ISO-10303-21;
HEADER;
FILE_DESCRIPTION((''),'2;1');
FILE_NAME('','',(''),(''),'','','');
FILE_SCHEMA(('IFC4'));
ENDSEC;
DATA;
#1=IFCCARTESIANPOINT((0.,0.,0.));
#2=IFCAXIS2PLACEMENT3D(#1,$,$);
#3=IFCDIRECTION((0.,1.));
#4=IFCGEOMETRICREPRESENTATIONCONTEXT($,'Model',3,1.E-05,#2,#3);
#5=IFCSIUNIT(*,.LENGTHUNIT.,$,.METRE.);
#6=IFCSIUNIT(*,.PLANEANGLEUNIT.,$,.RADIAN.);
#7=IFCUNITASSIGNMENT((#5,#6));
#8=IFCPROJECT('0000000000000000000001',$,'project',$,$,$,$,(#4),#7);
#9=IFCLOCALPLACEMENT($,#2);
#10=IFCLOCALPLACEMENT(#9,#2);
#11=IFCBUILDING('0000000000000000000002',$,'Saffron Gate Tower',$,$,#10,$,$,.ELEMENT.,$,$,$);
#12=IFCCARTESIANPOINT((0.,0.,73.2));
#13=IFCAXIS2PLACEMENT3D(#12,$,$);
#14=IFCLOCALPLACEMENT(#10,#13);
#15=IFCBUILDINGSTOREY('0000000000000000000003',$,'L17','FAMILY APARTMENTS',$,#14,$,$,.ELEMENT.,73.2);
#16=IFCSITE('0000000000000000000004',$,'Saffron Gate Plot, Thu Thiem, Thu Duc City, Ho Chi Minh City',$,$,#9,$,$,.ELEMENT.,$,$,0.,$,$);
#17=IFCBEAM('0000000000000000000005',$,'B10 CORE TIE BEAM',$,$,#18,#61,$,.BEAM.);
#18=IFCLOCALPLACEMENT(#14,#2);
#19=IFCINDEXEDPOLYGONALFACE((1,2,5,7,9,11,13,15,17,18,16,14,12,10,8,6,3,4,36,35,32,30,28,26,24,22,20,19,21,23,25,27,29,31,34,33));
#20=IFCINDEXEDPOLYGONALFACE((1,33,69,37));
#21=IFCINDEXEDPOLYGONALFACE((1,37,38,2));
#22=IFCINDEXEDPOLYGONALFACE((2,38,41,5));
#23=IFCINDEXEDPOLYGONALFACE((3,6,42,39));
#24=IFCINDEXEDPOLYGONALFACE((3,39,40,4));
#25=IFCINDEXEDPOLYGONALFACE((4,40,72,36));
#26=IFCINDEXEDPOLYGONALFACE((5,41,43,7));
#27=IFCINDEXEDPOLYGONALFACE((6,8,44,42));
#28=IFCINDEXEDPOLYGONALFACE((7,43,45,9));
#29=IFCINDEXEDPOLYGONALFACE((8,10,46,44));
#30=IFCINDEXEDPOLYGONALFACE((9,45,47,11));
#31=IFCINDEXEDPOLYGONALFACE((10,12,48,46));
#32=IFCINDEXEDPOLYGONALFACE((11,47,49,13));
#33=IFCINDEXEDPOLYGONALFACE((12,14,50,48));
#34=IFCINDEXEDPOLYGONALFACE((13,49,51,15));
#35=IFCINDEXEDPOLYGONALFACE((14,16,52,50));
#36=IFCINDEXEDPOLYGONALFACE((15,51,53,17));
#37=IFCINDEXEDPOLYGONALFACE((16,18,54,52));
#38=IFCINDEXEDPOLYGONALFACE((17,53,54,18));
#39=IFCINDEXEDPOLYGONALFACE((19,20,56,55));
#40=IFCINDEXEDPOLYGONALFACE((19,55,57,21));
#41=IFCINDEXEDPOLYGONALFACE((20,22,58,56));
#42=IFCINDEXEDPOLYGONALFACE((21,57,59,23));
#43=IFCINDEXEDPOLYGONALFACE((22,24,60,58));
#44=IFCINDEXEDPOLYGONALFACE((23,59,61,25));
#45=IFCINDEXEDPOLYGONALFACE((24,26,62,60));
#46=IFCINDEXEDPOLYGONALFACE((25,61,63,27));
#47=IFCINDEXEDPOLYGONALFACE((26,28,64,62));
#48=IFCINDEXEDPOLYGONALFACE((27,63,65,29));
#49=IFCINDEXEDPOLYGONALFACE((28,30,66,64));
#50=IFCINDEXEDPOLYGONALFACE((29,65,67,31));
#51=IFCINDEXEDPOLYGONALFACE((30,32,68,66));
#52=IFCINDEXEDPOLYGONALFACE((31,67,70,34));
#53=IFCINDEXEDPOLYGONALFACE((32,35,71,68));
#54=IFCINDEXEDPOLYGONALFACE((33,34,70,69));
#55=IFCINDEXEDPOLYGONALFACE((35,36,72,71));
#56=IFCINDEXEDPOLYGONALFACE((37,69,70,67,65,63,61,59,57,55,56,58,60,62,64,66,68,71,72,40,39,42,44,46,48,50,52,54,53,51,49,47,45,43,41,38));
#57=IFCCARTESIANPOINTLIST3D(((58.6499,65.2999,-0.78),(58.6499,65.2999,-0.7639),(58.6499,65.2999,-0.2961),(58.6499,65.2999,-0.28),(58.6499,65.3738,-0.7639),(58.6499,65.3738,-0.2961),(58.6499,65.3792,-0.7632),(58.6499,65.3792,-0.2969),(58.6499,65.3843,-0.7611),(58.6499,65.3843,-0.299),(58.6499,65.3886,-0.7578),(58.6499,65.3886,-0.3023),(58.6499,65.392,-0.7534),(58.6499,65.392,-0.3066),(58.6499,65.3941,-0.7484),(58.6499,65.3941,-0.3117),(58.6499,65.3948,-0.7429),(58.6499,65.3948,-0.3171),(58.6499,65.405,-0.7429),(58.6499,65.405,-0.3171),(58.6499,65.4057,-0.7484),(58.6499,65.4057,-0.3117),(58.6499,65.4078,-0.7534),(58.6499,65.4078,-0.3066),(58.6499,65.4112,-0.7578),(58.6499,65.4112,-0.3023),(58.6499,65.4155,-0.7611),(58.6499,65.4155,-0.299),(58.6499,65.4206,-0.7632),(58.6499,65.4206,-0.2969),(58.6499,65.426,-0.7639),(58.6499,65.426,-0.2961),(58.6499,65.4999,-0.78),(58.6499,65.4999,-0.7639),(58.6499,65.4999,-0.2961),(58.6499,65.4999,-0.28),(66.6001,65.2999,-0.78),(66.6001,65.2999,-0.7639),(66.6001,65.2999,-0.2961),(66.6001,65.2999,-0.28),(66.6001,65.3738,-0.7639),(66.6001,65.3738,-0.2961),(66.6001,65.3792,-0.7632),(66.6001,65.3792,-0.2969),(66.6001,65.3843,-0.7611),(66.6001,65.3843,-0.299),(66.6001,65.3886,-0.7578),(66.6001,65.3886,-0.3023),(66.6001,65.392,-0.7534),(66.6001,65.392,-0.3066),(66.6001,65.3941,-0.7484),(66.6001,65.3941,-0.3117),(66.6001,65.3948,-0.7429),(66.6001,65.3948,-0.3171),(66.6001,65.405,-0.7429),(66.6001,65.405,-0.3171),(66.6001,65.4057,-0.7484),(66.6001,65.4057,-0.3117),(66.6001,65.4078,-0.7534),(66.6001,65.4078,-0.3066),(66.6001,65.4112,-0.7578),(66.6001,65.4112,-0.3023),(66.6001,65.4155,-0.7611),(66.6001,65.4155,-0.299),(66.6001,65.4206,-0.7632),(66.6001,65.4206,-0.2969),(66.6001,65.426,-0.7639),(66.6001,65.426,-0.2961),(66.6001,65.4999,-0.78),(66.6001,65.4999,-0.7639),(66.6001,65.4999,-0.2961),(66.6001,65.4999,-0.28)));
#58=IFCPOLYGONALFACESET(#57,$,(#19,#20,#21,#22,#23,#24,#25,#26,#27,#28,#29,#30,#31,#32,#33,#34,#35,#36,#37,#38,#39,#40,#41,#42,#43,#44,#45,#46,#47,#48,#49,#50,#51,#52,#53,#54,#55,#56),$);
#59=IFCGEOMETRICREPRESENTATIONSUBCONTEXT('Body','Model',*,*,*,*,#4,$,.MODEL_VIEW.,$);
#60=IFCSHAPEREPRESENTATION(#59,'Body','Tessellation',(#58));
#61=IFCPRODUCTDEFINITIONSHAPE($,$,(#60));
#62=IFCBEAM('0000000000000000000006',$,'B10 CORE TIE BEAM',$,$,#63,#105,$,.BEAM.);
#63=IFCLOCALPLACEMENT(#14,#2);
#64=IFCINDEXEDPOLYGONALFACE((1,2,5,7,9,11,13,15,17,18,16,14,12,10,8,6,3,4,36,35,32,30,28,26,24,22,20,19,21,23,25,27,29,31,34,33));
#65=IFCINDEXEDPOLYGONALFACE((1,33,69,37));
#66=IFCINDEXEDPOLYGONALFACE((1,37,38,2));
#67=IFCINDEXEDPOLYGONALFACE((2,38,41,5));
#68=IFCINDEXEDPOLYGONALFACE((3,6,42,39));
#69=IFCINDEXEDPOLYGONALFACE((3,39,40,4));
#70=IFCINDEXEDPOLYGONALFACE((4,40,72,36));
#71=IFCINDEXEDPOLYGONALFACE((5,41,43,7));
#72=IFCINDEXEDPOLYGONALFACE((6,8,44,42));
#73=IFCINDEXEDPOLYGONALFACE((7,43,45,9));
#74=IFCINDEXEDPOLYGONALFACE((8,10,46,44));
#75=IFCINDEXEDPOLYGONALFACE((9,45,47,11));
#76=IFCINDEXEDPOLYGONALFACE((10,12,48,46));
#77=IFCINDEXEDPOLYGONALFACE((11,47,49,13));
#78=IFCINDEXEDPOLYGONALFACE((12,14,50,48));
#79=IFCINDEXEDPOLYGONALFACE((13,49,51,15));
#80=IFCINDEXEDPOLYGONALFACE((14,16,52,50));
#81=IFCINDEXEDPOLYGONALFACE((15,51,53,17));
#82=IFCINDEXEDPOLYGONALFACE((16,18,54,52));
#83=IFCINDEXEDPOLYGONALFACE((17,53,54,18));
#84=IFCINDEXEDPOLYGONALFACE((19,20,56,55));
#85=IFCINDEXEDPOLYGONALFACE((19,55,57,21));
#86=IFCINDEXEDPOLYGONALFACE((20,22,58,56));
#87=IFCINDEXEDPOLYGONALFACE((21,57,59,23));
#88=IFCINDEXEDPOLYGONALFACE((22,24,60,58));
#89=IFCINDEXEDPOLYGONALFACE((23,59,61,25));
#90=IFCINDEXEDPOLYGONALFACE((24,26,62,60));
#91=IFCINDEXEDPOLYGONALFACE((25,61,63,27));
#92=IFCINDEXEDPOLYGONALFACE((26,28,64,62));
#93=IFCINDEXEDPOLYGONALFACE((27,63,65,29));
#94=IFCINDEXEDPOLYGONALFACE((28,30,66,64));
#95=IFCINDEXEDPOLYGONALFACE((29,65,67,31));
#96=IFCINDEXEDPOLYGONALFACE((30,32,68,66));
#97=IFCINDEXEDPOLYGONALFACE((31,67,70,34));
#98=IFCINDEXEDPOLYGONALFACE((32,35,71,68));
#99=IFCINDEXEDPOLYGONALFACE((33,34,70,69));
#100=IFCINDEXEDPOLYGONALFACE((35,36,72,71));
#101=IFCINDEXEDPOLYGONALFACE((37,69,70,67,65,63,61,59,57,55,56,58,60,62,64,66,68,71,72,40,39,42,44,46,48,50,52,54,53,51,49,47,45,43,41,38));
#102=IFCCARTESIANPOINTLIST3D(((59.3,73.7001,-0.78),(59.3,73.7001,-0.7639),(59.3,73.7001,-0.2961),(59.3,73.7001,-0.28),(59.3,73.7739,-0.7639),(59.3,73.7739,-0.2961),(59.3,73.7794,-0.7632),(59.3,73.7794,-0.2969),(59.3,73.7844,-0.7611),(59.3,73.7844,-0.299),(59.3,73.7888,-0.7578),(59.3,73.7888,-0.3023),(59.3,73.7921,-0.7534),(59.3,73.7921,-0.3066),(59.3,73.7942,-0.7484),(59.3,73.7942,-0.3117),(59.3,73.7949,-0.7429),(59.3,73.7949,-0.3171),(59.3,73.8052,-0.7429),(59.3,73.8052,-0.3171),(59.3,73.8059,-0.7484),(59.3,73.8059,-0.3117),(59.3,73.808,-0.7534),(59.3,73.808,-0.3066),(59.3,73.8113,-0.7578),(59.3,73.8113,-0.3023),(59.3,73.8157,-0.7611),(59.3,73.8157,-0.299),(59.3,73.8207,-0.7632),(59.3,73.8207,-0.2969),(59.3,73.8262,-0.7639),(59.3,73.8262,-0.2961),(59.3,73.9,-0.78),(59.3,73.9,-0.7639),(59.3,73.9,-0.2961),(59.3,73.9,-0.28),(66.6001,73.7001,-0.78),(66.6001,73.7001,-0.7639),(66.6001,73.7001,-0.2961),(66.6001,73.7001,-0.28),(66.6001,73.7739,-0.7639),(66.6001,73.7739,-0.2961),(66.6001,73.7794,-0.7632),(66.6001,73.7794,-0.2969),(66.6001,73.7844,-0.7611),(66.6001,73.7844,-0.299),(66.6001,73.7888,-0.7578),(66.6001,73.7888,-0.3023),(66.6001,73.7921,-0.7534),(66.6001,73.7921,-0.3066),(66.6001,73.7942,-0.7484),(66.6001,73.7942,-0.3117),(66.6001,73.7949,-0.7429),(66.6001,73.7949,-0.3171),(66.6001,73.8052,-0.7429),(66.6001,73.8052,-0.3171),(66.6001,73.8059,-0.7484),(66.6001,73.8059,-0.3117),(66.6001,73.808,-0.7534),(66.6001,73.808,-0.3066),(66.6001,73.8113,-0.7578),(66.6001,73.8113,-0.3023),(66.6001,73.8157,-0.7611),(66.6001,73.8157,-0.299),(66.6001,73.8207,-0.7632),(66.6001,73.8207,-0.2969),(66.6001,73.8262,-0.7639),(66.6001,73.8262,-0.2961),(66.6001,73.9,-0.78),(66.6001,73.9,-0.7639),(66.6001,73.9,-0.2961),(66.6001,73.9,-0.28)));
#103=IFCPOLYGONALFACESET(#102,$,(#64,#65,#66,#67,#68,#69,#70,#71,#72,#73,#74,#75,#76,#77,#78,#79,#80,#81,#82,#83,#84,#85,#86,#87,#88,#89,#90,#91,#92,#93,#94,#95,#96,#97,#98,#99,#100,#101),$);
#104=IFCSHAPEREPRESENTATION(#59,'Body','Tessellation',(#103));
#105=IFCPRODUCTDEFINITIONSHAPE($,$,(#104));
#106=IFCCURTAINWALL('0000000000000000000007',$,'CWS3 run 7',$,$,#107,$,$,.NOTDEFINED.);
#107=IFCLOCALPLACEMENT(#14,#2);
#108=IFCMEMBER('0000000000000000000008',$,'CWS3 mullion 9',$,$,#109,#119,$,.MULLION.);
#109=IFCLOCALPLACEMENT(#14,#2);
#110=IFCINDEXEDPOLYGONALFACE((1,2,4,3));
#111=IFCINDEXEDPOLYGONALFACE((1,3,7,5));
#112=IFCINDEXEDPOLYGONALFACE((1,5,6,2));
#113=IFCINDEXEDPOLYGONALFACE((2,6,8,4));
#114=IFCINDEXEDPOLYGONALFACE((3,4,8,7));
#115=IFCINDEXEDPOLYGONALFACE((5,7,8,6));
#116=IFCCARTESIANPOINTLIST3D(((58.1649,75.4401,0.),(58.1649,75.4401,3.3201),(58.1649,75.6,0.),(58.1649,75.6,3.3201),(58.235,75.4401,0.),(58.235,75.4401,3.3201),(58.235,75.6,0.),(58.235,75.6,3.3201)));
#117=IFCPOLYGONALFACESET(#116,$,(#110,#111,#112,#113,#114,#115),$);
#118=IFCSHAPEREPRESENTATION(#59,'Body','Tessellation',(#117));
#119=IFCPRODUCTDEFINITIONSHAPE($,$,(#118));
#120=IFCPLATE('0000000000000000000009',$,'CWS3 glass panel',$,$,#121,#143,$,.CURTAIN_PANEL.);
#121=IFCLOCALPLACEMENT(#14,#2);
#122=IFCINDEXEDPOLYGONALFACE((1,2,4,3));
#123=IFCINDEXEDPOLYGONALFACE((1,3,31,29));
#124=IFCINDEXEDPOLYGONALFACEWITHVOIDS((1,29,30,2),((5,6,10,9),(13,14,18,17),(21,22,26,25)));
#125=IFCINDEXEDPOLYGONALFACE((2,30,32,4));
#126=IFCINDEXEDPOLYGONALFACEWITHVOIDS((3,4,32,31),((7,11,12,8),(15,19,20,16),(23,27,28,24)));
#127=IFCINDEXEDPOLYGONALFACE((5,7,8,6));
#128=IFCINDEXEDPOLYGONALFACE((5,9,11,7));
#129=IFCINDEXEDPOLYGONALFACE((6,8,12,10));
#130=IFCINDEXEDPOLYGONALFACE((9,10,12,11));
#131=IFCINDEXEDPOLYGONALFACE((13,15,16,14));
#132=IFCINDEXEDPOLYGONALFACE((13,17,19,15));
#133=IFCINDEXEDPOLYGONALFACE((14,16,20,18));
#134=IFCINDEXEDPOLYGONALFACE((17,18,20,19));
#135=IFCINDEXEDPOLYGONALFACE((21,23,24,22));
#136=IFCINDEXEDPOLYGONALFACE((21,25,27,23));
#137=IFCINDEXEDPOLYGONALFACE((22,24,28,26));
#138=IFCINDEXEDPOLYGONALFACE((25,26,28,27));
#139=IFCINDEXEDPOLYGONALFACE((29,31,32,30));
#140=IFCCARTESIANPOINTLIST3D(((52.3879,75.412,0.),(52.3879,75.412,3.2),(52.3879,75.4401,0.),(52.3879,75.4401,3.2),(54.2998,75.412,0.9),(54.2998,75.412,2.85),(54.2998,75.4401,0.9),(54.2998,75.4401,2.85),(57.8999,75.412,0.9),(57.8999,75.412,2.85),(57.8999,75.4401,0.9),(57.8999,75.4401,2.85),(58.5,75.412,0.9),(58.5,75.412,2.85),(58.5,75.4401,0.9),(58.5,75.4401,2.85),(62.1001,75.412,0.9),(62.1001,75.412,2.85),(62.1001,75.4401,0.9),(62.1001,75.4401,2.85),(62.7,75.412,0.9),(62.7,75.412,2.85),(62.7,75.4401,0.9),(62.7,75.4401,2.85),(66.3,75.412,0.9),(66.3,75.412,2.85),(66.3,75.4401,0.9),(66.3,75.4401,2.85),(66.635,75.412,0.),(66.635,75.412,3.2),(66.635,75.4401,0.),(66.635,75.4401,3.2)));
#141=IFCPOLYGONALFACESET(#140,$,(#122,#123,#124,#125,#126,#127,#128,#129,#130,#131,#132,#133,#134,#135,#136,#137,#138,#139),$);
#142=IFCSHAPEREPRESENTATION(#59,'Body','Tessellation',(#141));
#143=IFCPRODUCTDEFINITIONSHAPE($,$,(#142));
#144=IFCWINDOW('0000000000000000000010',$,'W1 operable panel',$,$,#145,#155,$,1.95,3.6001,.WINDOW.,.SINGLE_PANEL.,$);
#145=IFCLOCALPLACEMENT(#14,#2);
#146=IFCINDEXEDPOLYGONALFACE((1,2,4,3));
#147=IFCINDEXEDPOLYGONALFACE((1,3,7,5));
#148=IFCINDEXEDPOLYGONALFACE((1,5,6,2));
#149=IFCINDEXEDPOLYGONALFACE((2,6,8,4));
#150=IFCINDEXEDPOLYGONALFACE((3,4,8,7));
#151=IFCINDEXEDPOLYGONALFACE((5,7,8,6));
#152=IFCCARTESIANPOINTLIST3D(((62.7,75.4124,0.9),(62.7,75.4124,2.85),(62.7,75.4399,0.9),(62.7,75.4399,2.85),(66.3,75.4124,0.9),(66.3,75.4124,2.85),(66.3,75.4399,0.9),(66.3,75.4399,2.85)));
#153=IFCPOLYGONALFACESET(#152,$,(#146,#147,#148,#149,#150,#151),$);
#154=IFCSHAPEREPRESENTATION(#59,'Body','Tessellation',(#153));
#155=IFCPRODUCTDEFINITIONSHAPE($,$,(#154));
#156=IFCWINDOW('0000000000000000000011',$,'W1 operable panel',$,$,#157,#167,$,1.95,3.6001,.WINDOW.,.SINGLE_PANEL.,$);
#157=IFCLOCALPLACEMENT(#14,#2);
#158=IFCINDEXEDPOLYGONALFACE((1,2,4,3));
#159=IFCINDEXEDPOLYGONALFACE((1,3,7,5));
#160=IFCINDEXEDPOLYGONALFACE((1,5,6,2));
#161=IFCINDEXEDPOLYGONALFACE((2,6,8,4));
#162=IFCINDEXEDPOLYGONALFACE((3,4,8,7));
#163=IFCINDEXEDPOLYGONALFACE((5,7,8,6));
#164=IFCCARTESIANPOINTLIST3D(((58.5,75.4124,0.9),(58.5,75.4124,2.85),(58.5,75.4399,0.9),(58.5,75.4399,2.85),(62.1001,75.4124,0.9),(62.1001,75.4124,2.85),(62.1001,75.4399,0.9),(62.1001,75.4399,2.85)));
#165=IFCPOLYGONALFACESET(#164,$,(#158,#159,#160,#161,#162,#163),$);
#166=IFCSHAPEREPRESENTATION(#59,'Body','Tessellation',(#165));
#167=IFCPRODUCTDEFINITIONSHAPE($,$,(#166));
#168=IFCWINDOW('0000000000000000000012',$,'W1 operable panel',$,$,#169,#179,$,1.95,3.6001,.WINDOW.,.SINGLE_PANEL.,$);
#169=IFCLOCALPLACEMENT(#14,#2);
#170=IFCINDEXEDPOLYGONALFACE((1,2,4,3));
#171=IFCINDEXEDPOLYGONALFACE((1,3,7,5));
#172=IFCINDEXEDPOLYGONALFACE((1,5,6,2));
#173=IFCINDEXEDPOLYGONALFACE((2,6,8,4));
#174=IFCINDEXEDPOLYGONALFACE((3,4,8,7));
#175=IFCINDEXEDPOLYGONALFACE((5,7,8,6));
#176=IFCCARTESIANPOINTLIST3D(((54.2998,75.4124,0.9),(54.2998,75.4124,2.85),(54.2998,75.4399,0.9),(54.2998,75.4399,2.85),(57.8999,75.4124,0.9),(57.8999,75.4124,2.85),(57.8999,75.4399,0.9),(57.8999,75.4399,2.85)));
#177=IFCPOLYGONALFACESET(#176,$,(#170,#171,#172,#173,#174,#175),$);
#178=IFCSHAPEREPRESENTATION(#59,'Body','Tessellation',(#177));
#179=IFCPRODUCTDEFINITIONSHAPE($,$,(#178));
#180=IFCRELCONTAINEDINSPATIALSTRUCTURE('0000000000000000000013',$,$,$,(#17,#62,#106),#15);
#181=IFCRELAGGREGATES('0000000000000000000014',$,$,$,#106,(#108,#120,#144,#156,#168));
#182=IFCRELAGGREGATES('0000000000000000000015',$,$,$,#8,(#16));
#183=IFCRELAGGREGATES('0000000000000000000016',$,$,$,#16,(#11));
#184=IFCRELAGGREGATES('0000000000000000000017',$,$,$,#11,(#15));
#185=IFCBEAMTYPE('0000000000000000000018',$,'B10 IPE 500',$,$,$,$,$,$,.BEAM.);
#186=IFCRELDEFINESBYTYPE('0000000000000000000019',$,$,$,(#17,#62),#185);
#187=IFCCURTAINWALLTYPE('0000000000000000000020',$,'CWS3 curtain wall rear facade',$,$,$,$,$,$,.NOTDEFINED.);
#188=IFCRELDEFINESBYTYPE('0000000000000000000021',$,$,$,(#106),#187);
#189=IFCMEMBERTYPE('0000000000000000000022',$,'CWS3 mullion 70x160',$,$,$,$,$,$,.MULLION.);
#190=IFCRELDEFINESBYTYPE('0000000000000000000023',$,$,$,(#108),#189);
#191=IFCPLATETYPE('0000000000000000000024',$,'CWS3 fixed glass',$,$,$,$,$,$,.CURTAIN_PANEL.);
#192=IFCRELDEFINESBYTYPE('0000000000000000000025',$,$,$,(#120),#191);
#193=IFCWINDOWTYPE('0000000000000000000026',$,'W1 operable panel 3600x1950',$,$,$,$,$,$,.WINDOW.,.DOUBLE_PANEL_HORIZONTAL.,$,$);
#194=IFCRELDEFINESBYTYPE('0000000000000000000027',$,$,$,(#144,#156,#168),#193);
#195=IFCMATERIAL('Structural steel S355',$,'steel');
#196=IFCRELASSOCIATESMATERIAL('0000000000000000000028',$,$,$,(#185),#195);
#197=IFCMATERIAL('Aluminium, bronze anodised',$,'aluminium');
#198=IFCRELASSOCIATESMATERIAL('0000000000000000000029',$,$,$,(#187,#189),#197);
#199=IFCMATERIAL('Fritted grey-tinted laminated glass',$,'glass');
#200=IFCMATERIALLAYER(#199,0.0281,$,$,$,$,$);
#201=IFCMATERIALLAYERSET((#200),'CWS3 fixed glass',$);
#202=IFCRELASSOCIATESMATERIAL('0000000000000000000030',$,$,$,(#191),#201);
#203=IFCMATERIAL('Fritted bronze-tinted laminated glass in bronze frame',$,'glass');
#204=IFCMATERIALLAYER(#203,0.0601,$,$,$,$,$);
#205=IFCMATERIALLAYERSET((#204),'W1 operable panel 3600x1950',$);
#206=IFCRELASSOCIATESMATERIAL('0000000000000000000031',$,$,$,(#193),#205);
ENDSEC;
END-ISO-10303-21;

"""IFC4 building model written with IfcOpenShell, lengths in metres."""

from ifc_helpers import new_model, si_unit, direction, frame, frame_2d, origin, origin_2d, place, context, subcontext, project, spatial, rectangle, i_section, extrude, material, layer, layer_set, material_profile, profile_set, type_object, element, fill, aggregate, save


model = new_model("IFC4")

# Units and contexts
model_context = context("Model", 3, precision=1e-05, world=origin(), true_north=direction((0.0, 1.0)))
body_context = subcontext(model_context, "Body", "Model", "MODEL_VIEW")
ifc_project = project(units=[si_unit("LENGTHUNIT", "METRE"), si_unit("PLANEANGLEUNIT", "RADIAN")], contexts=[model_context])

# Site, building, storey
site_placement = place(None, origin())
site = spatial("IfcSite", under=ifc_project, at=site_placement, Name="Saffron Gate Plot, Thu Thiem, Thu Duc City, Ho Chi Minh City", CompositionType="ELEMENT", RefElevation=0.0)
building_placement = place(site_placement, origin())
building = spatial("IfcBuilding", under=site, at=building_placement, Name="Saffron Gate Tower", CompositionType="ELEMENT")
storey_placement = place(building_placement, frame((0.0, 0.0, 73.2)))
storey = spatial("IfcBuildingStorey", under=building, at=storey_placement, Name="L17", Description="FAMILY APARTMENTS", CompositionType="ELEMENT", Elevation=73.2)

# Beams
ifc_material_1 = material(Name="Structural steel S355", Category="steel")
ifc_material_profile_1 = material_profile(ifc_material_1, i_section(OverallWidth=0.2, OverallDepth=0.5, WebThickness=0.0103, FlangeThickness=0.0161, FilletRadius=0.021, at=origin_2d()))
ifc_profile_set_1 = profile_set([ifc_material_profile_1], Name="Structural steel S355")
beam_type = type_object("IfcBeamType", Name="B10 IPE 500", PredefinedType="BEAM", material=ifc_profile_set_1)
beam_1_placement = place(storey_placement, frame((58.6499, 65.3999, -0.53), z_axis=(1.0, 0.0, 0.0), x_axis=(0.0, 1.0, 0.0)))
element("IfcBeam", 1, at=beam_1_placement, inside=storey, type_object=beam_type, Name="B10 CORE TIE BEAM", PredefinedType="BEAM", context=body_context, shape_type="SweptSolid", body=[
    extrude(i_section(OverallWidth=0.2, OverallDepth=0.5, WebThickness=0.0103, FlangeThickness=0.0161, FilletRadius=0.021, at=origin_2d()), origin(), (0.0, 0.0, 1.0), 7.9502),
])
beam_2_placement = place(storey_placement, frame((59.3, 73.8, -0.53), z_axis=(1.0, 0.0, 0.0), x_axis=(0.0, 1.0, 0.0)))
element("IfcBeam", 2, at=beam_2_placement, inside=storey, type_object=beam_type, Name="B10 CORE TIE BEAM", PredefinedType="BEAM", context=body_context, shape_type="SweptSolid", body=[
    extrude(i_section(OverallWidth=0.2, OverallDepth=0.5, WebThickness=0.0103, FlangeThickness=0.0161, FilletRadius=0.021, at=origin_2d()), origin(), (0.0, 0.0, 1.0), 7.3),
])

# Curtain wall, member, plate, openings, windows
ifc_material_2 = material(Name="Aluminium, bronze anodised", Category="aluminium")
curtain_wall_type = type_object("IfcCurtainWallType", Name="CWS3 curtain wall rear facade", PredefinedType="NOTDEFINED", material=ifc_material_2)
curtain_wall_placement = place(storey_placement, origin())
curtain_wall = element("IfcCurtainWall", 3, at=curtain_wall_placement, inside=storey, type_object=curtain_wall_type, Name="CWS3 run 7", PredefinedType="NOTDEFINED")
ifc_material_profile_2 = material_profile(ifc_material_2, rectangle(XDim=0.1599, YDim=0.0701, at=origin_2d()))
ifc_profile_set_2 = profile_set([ifc_material_profile_2], Name="Aluminium, bronze anodised")
member_type = type_object("IfcMemberType", Name="CWS3 mullion 70x160", PredefinedType="MULLION", material=ifc_profile_set_2)
member_placement = place(storey_placement, frame((58.2, 75.52, 0.0), z_axis=(0.0, 0.0, 1.0), x_axis=(0.0, -1.0, 0.0)))
member = element("IfcMember", 4, at=member_placement, type_object=member_type, Name="CWS3 mullion 9", PredefinedType="MULLION", context=body_context, shape_type="SweptSolid", body=[
    extrude(rectangle(XDim=0.1599, YDim=0.0701, at=origin_2d()), origin(), (0.0, 0.0, 1.0), 3.3201),
])
ifc_material_3 = material(Name="Fritted grey-tinted laminated glass", Category="glass")
ifc_layer_1 = layer(ifc_material_3, 0.0281)
ifc_layer_set_1 = layer_set([ifc_layer_1], Name="CWS3 fixed glass")
plate_type = type_object("IfcPlateType", Name="CWS3 fixed glass", PredefinedType="CURTAIN_PANEL", material=ifc_layer_set_1)
plate_placement = place(storey_placement, frame((66.635, 75.426, 0.0), z_axis=(0.0, 0.0, 1.0), x_axis=(-1.0, 0.0, 0.0)))
plate = element("IfcPlate", 5, at=plate_placement, type_object=plate_type, Name="CWS3 glass panel", PredefinedType="CURTAIN_PANEL", context=body_context, shape_type="SweptSolid", body=[
    extrude(rectangle(XDim=14.2471, YDim=0.0281, at=frame_2d((7.1235, 0.0))), origin(), (0.0, 0.0, 1.0), 3.2),
])
opening_1_placement = place(plate_placement, frame((0.335, 0.0, 0.8999)))
opening_1 = element("IfcOpeningElement", 6, at=opening_1_placement, cuts=plate, PredefinedType="OPENING", context=body_context, shape_type="SweptSolid", body=[
    extrude(rectangle(XDim=3.6001, YDim=1.95, at=frame_2d((1.8, 0.9751))), frame((0.0, 0.0239, 0.0), z_axis=(0.0, -1.0, 0.0), x_axis=(1.0, 0.0, 0.0)), (0.0, 0.0, 1.0), 0.0481),
])
opening_2_placement = place(plate_placement, frame((4.5349, 0.0, 0.8999)))
opening_2 = element("IfcOpeningElement", 7, at=opening_2_placement, cuts=plate, PredefinedType="OPENING", context=body_context, shape_type="SweptSolid", body=[
    extrude(rectangle(XDim=3.6001, YDim=1.95, at=frame_2d((1.8, 0.9751))), frame((0.0, 0.0239, 0.0), z_axis=(0.0, -1.0, 0.0), x_axis=(1.0, 0.0, 0.0)), (0.0, 0.0, 1.0), 0.0481),
])
opening_3_placement = place(plate_placement, frame((8.7351, 0.0, 0.8999)))
opening_3 = element("IfcOpeningElement", 8, at=opening_3_placement, cuts=plate, PredefinedType="OPENING", context=body_context, shape_type="SweptSolid", body=[
    extrude(rectangle(XDim=3.6001, YDim=1.95, at=frame_2d((1.8, 0.9751))), frame((0.0, 0.0239, 0.0), z_axis=(0.0, -1.0, 0.0), x_axis=(1.0, 0.0, 0.0)), (0.0, 0.0, 1.0), 0.0481),
])
ifc_material_4 = material(Name="Fritted bronze-tinted laminated glass in bronze frame", Category="glass")
ifc_layer_2 = layer(ifc_material_4, 0.0601)
ifc_layer_set_2 = layer_set([ifc_layer_2], Name="W1 operable panel 3600x1950")
window_type = type_object("IfcWindowType", Name="W1 operable panel 3600x1950", PartitioningType="DOUBLE_PANEL_HORIZONTAL", PredefinedType="WINDOW", material=ifc_layer_set_2)
window_1_placement = place(opening_1_placement, origin())
window_1 = element("IfcWindow", 9, at=window_1_placement, type_object=window_type, Name="W1 operable panel", OverallHeight=1.95, OverallWidth=3.6001, PartitioningType="SINGLE_PANEL", PredefinedType="WINDOW", context=body_context, shape_type="SweptSolid", body=[
    extrude(rectangle(XDim=3.6001, YDim=1.95, at=frame_2d((1.8, 0.9751))), frame((0.0, 0.0137, 0.0), z_axis=(0.0, -1.0, 0.0), x_axis=(1.0, 0.0, 0.0)), (0.0, 0.0, 1.0), 0.0276),
])
fill(opening_1, window_1)
window_2_placement = place(opening_2_placement, origin())
window_2 = element("IfcWindow", 10, at=window_2_placement, type_object=window_type, Name="W1 operable panel", OverallHeight=1.95, OverallWidth=3.6001, PartitioningType="SINGLE_PANEL", PredefinedType="WINDOW", context=body_context, shape_type="SweptSolid", body=[
    extrude(rectangle(XDim=3.6001, YDim=1.95, at=frame_2d((1.8, 0.9751))), frame((0.0, 0.0137, 0.0), z_axis=(0.0, -1.0, 0.0), x_axis=(1.0, 0.0, 0.0)), (0.0, 0.0, 1.0), 0.0276),
])
fill(opening_2, window_2)
window_3_placement = place(opening_3_placement, origin())
window_3 = element("IfcWindow", 11, at=window_3_placement, type_object=window_type, Name="W1 operable panel", OverallHeight=1.95, OverallWidth=3.6001, PartitioningType="SINGLE_PANEL", PredefinedType="WINDOW", context=body_context, shape_type="SweptSolid", body=[
    extrude(rectangle(XDim=3.6001, YDim=1.95, at=frame_2d((1.8, 0.9751))), frame((0.0, 0.0137, 0.0), z_axis=(0.0, -1.0, 0.0), x_axis=(1.0, 0.0, 0.0)), (0.0, 0.0, 1.0), 0.0276),
])
fill(opening_3, window_3)
aggregate(curtain_wall, [member, plate, window_1, window_2, window_3])

save(model, "model.ifc")
